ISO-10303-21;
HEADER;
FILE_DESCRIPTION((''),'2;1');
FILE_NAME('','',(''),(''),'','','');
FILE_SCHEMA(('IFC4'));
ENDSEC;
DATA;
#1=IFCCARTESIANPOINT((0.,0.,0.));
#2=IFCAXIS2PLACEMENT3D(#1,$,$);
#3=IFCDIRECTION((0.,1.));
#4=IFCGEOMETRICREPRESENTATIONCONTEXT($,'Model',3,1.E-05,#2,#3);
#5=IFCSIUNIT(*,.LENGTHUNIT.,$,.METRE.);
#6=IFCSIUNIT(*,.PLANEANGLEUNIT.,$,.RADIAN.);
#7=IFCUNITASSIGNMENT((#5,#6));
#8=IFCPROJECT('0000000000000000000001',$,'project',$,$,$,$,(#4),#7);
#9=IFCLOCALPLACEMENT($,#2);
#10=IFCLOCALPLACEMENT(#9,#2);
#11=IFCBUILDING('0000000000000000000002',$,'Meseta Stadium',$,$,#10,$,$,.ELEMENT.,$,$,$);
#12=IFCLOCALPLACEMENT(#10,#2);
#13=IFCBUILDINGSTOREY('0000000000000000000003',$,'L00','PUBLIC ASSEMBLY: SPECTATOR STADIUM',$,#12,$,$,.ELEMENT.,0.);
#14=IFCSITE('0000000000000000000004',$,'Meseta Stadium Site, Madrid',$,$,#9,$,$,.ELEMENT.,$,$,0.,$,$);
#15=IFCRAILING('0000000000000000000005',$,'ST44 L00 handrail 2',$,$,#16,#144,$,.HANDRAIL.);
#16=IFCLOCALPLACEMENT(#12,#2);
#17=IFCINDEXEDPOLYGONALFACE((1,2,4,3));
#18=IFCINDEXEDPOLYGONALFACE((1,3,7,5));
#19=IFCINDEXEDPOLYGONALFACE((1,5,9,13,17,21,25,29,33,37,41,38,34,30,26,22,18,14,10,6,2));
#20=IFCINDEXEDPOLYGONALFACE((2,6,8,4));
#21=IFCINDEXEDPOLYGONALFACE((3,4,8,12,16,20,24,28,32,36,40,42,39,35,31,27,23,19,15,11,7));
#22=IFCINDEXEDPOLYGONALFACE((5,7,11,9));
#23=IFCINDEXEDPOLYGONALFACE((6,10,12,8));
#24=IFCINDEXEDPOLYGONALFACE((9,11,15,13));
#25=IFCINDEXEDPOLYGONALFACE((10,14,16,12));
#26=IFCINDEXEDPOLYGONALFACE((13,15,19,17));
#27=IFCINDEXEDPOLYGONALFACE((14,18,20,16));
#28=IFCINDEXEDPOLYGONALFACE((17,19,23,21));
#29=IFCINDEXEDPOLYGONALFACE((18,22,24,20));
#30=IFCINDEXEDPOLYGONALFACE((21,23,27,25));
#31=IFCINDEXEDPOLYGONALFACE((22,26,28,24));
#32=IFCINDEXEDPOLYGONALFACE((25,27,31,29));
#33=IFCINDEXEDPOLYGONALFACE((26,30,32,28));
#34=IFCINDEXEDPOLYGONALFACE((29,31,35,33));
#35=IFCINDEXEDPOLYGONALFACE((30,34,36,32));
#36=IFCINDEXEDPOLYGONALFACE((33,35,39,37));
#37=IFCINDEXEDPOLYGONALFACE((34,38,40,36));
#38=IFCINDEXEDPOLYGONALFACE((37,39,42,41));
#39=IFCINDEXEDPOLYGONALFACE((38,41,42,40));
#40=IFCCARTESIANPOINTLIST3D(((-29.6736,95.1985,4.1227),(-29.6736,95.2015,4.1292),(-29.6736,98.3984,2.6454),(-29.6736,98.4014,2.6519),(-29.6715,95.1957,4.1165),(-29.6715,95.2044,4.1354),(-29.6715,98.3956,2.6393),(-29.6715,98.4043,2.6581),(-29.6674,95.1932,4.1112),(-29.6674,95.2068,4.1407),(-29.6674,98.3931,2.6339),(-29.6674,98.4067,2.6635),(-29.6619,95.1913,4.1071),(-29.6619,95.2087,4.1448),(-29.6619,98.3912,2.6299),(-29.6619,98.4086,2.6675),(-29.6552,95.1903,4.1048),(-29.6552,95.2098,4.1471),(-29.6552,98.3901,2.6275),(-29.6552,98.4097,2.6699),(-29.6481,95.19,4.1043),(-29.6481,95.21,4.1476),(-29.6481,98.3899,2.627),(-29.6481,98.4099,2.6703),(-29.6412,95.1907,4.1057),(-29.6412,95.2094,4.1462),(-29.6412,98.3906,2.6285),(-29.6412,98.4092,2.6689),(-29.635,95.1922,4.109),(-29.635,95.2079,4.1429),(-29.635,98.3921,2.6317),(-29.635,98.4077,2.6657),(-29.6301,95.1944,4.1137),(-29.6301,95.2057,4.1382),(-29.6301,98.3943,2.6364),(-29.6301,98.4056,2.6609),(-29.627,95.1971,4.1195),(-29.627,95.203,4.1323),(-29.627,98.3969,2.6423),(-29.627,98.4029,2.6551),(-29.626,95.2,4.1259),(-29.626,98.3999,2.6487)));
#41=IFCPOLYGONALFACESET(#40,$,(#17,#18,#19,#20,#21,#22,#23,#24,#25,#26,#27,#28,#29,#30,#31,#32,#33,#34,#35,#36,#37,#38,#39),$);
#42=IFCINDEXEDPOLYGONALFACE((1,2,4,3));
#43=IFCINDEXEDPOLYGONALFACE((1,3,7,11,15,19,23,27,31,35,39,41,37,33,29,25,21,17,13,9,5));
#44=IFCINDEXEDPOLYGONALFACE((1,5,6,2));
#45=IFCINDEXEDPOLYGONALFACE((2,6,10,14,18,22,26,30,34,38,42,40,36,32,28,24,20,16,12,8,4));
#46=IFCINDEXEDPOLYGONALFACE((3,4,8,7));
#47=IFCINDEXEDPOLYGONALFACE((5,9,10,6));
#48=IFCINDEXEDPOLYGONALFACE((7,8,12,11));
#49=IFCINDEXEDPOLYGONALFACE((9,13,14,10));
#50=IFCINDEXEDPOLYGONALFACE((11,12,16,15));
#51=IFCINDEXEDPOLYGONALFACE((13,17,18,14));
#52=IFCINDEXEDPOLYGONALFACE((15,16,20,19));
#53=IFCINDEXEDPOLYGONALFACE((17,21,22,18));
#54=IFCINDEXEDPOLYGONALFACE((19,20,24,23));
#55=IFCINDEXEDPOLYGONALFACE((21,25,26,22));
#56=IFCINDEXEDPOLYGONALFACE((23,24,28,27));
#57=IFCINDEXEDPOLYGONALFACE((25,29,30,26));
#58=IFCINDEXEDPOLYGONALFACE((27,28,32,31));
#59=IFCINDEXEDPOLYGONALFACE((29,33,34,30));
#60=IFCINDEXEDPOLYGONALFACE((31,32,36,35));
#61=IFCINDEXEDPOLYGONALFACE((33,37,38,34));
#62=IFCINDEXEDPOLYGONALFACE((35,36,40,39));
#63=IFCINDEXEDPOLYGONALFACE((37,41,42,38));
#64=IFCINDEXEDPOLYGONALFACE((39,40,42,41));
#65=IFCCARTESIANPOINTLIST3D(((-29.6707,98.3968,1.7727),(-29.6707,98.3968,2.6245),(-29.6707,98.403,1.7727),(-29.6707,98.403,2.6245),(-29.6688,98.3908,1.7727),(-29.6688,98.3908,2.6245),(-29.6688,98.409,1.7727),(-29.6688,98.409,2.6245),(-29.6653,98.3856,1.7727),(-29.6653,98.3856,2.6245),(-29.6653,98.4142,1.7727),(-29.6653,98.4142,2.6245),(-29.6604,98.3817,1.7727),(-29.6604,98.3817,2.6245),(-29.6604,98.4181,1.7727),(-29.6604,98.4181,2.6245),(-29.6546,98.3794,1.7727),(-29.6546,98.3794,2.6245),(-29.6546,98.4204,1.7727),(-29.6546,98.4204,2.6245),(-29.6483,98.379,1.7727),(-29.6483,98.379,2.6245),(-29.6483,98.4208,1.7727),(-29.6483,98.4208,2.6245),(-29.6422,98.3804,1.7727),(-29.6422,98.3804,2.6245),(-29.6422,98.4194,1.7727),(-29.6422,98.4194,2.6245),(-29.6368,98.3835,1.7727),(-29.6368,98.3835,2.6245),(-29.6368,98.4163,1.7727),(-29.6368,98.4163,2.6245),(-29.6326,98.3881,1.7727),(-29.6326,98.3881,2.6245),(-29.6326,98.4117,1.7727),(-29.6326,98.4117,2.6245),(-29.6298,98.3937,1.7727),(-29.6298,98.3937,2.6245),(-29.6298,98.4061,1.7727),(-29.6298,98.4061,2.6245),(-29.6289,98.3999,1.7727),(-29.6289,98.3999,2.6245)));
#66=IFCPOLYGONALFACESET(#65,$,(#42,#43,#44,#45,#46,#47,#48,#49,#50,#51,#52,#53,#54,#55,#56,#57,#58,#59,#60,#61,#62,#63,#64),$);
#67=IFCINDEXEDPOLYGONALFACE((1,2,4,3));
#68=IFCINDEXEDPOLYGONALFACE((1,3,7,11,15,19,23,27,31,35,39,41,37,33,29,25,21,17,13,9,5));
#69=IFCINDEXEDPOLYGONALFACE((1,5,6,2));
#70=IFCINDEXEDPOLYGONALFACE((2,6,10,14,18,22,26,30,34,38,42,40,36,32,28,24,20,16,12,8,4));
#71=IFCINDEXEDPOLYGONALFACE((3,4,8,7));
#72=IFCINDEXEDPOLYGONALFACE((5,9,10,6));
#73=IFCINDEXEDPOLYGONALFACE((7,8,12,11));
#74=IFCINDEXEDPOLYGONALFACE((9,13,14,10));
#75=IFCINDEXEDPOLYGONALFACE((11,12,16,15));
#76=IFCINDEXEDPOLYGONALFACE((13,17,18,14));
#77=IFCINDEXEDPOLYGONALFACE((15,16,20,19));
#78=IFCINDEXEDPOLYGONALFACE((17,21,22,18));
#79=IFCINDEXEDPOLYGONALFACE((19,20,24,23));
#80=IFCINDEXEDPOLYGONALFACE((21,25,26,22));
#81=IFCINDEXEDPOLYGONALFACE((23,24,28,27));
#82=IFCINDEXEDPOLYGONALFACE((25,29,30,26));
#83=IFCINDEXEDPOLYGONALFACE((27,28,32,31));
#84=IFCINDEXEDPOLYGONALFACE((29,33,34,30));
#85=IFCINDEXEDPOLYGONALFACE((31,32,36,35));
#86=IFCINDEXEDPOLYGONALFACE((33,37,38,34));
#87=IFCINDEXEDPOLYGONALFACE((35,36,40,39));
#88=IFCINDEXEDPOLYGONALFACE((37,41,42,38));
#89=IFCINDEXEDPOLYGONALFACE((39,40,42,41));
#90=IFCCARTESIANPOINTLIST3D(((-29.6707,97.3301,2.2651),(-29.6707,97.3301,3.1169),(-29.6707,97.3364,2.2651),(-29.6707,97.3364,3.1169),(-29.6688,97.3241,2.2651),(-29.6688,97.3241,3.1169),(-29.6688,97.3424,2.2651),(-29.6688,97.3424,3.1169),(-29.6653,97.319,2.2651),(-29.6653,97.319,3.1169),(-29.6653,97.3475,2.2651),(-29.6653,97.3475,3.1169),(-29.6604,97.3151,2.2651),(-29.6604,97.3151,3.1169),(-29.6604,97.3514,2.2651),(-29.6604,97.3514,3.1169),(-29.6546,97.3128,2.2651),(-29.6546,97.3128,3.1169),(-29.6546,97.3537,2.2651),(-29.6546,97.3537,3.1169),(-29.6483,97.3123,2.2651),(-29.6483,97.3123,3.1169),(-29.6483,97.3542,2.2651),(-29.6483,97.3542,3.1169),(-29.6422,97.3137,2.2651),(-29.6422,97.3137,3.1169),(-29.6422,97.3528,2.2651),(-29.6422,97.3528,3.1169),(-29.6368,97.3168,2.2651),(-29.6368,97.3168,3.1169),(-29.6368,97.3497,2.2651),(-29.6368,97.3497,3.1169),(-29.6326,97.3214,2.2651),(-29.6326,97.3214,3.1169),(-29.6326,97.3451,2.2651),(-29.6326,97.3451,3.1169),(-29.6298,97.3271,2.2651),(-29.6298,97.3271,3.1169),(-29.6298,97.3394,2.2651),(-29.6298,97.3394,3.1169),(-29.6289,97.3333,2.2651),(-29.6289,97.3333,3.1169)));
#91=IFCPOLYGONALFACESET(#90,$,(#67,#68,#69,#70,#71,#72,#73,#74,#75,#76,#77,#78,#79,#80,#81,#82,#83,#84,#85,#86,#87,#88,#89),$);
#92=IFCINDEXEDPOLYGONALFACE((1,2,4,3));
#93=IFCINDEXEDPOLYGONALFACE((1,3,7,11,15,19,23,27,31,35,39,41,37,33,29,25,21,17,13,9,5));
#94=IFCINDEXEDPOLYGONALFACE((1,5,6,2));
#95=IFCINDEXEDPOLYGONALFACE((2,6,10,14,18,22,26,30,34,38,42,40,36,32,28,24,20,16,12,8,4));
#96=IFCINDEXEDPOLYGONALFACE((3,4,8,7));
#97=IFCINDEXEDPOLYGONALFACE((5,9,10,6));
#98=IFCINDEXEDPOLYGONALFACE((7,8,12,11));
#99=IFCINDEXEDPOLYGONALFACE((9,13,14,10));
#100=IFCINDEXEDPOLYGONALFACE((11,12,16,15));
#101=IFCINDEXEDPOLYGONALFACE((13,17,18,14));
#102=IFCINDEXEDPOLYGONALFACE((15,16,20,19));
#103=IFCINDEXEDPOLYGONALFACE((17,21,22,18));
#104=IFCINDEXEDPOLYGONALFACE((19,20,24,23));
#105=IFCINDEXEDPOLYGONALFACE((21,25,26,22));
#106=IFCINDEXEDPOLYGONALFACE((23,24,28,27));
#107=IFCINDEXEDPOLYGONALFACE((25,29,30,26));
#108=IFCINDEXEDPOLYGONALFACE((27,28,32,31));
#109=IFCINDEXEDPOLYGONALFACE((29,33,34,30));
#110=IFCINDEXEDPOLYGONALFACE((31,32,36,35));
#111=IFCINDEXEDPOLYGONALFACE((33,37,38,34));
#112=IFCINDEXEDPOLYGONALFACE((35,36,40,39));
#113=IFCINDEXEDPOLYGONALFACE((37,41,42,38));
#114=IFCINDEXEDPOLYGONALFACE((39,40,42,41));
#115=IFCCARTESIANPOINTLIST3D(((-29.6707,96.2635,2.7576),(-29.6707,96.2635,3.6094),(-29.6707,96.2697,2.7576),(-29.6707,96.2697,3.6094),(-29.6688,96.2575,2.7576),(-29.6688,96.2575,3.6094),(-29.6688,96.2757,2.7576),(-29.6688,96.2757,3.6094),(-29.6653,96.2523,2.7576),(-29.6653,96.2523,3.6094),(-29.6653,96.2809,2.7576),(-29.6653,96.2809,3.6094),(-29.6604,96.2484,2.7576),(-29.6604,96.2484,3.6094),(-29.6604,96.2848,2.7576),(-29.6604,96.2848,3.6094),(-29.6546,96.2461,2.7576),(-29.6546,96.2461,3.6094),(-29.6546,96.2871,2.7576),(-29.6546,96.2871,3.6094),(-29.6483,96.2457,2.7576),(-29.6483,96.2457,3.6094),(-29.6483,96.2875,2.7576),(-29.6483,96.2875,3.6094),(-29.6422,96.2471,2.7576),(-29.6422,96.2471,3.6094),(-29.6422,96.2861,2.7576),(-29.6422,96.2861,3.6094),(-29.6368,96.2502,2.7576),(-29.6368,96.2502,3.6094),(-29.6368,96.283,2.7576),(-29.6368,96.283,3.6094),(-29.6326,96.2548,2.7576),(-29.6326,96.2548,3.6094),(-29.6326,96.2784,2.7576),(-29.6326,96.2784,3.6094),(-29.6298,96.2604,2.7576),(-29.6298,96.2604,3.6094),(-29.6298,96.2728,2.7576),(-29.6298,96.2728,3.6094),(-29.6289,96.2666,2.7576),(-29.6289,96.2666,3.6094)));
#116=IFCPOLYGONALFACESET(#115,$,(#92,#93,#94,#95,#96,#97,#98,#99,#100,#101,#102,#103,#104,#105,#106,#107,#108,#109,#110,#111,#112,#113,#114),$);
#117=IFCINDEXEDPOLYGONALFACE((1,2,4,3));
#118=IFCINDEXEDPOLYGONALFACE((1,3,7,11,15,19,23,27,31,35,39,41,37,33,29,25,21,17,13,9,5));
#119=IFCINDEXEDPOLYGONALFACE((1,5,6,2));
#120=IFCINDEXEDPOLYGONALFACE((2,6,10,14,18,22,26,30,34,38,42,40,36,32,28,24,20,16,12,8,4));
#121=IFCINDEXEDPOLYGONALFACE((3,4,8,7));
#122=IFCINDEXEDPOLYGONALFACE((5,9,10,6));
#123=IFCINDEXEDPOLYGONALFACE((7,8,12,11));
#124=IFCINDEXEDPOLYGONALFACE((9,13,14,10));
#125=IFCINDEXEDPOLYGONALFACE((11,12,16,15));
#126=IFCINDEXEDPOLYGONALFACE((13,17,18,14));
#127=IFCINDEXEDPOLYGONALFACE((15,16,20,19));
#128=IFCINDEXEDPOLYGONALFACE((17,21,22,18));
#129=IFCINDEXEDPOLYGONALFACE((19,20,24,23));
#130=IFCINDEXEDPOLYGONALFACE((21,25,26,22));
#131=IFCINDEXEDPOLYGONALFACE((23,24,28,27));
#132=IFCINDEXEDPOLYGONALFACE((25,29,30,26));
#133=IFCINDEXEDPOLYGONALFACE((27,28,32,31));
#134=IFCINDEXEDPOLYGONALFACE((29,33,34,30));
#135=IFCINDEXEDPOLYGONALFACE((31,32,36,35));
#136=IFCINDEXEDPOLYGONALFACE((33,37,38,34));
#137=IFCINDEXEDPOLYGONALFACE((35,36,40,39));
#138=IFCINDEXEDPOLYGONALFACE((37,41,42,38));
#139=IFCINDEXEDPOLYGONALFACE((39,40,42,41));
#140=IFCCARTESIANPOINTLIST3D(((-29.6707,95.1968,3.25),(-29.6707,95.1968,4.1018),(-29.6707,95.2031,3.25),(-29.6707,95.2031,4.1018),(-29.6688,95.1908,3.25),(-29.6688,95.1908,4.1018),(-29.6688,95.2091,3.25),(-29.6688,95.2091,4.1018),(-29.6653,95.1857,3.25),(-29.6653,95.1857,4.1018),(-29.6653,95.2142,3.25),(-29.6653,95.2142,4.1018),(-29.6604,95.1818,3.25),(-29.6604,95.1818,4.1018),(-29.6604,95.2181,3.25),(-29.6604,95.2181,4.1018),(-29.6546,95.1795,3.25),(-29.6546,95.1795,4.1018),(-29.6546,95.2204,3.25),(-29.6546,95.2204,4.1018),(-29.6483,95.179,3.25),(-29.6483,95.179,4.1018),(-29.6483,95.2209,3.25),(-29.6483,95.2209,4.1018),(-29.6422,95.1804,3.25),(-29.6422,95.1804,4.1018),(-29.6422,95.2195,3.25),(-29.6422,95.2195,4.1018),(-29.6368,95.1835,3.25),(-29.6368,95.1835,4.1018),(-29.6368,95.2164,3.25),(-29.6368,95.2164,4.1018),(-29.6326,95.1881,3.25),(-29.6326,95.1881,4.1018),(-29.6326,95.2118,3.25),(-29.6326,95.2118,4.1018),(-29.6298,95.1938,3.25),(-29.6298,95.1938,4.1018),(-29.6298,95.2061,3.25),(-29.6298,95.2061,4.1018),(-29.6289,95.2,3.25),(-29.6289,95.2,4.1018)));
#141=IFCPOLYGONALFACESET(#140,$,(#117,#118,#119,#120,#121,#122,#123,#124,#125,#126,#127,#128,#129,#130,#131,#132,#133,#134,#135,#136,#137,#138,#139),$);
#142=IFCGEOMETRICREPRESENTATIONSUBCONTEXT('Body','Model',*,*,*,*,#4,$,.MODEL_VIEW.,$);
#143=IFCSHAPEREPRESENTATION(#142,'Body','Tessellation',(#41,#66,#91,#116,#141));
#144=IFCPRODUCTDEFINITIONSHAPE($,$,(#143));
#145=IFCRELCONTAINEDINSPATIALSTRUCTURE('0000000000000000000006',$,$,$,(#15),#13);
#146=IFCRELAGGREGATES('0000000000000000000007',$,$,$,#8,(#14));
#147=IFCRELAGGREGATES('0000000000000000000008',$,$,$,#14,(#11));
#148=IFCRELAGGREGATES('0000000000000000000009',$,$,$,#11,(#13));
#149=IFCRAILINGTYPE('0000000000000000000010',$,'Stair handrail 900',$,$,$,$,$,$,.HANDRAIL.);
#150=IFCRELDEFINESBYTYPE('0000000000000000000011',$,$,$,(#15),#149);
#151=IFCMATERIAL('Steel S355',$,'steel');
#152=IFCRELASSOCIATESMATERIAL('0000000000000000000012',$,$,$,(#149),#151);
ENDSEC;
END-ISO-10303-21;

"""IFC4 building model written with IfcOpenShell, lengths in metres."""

from ifc_helpers import new_model, si_unit, direction, frame, origin, origin_2d, place, context, subcontext, project, spatial, circle, extrude, material, type_object, element, save


model = new_model("IFC4")

# Units and contexts
model_context = context("Model", 3, precision=1e-05, world=origin(), true_north=direction((0.0, 1.0)))
body_context = subcontext(model_context, "Body", "Model", "MODEL_VIEW")
ifc_project = project(units=[si_unit("LENGTHUNIT", "METRE"), si_unit("PLANEANGLEUNIT", "RADIAN")], contexts=[model_context])

# Site, building, storey
site_placement = place(None, origin())
site = spatial("IfcSite", under=ifc_project, at=site_placement, Name="Meseta Stadium Site, Madrid", CompositionType="ELEMENT", RefElevation=0.0)
building_placement = place(site_placement, origin())
building = spatial("IfcBuilding", under=site, at=building_placement, Name="Meseta Stadium", CompositionType="ELEMENT")
storey_placement = place(building_placement, origin())
storey = spatial("IfcBuildingStorey", under=building, at=storey_placement, Name="L00", Description="PUBLIC ASSEMBLY: SPECTATOR STADIUM", CompositionType="ELEMENT", Elevation=0.0)

# Railing
ifc_material_1 = material(Name="Steel S355", Category="steel")
railing_type_1 = type_object("IfcRailingType", Name="Stair handrail 900", PredefinedType="HANDRAIL", material=ifc_material_1)
railing_1_placement = place(storey_placement, frame((-29.6499, 98.3999, 1.7727)))
element("IfcRailing", 1, at=railing_1_placement, inside=storey, type_object=railing_type_1, Name="ST44 L00 handrail 2", PredefinedType="HANDRAIL", context=body_context, shape_type="SweptSolid", body=[
    extrude(circle(Radius=0.0239, at=origin_2d()), frame((0.0, 0.0, 0.876), z_axis=(0.0, -0.907917, 0.41915), x_axis=(1.0, 0.0, 0.0)), (0.0, 0.0, 1.0), 3.5244),
    extrude(circle(Radius=0.021, at=origin_2d()), origin(), (0.0, 0.0, 1.0), 0.8518),
    extrude(circle(Radius=0.021, at=origin_2d()), frame((0.0, -1.0667, 0.4924)), (0.0, 0.0, 1.0), 0.8518),
    extrude(circle(Radius=0.021, at=origin_2d()), frame((0.0, -2.1333, 0.9849)), (0.0, 0.0, 1.0), 0.8518),
    extrude(circle(Radius=0.021, at=origin_2d()), frame((0.0, -3.2, 1.4773)), (0.0, 0.0, 1.0), 0.8518),
])

save(model, "model.ifc")
